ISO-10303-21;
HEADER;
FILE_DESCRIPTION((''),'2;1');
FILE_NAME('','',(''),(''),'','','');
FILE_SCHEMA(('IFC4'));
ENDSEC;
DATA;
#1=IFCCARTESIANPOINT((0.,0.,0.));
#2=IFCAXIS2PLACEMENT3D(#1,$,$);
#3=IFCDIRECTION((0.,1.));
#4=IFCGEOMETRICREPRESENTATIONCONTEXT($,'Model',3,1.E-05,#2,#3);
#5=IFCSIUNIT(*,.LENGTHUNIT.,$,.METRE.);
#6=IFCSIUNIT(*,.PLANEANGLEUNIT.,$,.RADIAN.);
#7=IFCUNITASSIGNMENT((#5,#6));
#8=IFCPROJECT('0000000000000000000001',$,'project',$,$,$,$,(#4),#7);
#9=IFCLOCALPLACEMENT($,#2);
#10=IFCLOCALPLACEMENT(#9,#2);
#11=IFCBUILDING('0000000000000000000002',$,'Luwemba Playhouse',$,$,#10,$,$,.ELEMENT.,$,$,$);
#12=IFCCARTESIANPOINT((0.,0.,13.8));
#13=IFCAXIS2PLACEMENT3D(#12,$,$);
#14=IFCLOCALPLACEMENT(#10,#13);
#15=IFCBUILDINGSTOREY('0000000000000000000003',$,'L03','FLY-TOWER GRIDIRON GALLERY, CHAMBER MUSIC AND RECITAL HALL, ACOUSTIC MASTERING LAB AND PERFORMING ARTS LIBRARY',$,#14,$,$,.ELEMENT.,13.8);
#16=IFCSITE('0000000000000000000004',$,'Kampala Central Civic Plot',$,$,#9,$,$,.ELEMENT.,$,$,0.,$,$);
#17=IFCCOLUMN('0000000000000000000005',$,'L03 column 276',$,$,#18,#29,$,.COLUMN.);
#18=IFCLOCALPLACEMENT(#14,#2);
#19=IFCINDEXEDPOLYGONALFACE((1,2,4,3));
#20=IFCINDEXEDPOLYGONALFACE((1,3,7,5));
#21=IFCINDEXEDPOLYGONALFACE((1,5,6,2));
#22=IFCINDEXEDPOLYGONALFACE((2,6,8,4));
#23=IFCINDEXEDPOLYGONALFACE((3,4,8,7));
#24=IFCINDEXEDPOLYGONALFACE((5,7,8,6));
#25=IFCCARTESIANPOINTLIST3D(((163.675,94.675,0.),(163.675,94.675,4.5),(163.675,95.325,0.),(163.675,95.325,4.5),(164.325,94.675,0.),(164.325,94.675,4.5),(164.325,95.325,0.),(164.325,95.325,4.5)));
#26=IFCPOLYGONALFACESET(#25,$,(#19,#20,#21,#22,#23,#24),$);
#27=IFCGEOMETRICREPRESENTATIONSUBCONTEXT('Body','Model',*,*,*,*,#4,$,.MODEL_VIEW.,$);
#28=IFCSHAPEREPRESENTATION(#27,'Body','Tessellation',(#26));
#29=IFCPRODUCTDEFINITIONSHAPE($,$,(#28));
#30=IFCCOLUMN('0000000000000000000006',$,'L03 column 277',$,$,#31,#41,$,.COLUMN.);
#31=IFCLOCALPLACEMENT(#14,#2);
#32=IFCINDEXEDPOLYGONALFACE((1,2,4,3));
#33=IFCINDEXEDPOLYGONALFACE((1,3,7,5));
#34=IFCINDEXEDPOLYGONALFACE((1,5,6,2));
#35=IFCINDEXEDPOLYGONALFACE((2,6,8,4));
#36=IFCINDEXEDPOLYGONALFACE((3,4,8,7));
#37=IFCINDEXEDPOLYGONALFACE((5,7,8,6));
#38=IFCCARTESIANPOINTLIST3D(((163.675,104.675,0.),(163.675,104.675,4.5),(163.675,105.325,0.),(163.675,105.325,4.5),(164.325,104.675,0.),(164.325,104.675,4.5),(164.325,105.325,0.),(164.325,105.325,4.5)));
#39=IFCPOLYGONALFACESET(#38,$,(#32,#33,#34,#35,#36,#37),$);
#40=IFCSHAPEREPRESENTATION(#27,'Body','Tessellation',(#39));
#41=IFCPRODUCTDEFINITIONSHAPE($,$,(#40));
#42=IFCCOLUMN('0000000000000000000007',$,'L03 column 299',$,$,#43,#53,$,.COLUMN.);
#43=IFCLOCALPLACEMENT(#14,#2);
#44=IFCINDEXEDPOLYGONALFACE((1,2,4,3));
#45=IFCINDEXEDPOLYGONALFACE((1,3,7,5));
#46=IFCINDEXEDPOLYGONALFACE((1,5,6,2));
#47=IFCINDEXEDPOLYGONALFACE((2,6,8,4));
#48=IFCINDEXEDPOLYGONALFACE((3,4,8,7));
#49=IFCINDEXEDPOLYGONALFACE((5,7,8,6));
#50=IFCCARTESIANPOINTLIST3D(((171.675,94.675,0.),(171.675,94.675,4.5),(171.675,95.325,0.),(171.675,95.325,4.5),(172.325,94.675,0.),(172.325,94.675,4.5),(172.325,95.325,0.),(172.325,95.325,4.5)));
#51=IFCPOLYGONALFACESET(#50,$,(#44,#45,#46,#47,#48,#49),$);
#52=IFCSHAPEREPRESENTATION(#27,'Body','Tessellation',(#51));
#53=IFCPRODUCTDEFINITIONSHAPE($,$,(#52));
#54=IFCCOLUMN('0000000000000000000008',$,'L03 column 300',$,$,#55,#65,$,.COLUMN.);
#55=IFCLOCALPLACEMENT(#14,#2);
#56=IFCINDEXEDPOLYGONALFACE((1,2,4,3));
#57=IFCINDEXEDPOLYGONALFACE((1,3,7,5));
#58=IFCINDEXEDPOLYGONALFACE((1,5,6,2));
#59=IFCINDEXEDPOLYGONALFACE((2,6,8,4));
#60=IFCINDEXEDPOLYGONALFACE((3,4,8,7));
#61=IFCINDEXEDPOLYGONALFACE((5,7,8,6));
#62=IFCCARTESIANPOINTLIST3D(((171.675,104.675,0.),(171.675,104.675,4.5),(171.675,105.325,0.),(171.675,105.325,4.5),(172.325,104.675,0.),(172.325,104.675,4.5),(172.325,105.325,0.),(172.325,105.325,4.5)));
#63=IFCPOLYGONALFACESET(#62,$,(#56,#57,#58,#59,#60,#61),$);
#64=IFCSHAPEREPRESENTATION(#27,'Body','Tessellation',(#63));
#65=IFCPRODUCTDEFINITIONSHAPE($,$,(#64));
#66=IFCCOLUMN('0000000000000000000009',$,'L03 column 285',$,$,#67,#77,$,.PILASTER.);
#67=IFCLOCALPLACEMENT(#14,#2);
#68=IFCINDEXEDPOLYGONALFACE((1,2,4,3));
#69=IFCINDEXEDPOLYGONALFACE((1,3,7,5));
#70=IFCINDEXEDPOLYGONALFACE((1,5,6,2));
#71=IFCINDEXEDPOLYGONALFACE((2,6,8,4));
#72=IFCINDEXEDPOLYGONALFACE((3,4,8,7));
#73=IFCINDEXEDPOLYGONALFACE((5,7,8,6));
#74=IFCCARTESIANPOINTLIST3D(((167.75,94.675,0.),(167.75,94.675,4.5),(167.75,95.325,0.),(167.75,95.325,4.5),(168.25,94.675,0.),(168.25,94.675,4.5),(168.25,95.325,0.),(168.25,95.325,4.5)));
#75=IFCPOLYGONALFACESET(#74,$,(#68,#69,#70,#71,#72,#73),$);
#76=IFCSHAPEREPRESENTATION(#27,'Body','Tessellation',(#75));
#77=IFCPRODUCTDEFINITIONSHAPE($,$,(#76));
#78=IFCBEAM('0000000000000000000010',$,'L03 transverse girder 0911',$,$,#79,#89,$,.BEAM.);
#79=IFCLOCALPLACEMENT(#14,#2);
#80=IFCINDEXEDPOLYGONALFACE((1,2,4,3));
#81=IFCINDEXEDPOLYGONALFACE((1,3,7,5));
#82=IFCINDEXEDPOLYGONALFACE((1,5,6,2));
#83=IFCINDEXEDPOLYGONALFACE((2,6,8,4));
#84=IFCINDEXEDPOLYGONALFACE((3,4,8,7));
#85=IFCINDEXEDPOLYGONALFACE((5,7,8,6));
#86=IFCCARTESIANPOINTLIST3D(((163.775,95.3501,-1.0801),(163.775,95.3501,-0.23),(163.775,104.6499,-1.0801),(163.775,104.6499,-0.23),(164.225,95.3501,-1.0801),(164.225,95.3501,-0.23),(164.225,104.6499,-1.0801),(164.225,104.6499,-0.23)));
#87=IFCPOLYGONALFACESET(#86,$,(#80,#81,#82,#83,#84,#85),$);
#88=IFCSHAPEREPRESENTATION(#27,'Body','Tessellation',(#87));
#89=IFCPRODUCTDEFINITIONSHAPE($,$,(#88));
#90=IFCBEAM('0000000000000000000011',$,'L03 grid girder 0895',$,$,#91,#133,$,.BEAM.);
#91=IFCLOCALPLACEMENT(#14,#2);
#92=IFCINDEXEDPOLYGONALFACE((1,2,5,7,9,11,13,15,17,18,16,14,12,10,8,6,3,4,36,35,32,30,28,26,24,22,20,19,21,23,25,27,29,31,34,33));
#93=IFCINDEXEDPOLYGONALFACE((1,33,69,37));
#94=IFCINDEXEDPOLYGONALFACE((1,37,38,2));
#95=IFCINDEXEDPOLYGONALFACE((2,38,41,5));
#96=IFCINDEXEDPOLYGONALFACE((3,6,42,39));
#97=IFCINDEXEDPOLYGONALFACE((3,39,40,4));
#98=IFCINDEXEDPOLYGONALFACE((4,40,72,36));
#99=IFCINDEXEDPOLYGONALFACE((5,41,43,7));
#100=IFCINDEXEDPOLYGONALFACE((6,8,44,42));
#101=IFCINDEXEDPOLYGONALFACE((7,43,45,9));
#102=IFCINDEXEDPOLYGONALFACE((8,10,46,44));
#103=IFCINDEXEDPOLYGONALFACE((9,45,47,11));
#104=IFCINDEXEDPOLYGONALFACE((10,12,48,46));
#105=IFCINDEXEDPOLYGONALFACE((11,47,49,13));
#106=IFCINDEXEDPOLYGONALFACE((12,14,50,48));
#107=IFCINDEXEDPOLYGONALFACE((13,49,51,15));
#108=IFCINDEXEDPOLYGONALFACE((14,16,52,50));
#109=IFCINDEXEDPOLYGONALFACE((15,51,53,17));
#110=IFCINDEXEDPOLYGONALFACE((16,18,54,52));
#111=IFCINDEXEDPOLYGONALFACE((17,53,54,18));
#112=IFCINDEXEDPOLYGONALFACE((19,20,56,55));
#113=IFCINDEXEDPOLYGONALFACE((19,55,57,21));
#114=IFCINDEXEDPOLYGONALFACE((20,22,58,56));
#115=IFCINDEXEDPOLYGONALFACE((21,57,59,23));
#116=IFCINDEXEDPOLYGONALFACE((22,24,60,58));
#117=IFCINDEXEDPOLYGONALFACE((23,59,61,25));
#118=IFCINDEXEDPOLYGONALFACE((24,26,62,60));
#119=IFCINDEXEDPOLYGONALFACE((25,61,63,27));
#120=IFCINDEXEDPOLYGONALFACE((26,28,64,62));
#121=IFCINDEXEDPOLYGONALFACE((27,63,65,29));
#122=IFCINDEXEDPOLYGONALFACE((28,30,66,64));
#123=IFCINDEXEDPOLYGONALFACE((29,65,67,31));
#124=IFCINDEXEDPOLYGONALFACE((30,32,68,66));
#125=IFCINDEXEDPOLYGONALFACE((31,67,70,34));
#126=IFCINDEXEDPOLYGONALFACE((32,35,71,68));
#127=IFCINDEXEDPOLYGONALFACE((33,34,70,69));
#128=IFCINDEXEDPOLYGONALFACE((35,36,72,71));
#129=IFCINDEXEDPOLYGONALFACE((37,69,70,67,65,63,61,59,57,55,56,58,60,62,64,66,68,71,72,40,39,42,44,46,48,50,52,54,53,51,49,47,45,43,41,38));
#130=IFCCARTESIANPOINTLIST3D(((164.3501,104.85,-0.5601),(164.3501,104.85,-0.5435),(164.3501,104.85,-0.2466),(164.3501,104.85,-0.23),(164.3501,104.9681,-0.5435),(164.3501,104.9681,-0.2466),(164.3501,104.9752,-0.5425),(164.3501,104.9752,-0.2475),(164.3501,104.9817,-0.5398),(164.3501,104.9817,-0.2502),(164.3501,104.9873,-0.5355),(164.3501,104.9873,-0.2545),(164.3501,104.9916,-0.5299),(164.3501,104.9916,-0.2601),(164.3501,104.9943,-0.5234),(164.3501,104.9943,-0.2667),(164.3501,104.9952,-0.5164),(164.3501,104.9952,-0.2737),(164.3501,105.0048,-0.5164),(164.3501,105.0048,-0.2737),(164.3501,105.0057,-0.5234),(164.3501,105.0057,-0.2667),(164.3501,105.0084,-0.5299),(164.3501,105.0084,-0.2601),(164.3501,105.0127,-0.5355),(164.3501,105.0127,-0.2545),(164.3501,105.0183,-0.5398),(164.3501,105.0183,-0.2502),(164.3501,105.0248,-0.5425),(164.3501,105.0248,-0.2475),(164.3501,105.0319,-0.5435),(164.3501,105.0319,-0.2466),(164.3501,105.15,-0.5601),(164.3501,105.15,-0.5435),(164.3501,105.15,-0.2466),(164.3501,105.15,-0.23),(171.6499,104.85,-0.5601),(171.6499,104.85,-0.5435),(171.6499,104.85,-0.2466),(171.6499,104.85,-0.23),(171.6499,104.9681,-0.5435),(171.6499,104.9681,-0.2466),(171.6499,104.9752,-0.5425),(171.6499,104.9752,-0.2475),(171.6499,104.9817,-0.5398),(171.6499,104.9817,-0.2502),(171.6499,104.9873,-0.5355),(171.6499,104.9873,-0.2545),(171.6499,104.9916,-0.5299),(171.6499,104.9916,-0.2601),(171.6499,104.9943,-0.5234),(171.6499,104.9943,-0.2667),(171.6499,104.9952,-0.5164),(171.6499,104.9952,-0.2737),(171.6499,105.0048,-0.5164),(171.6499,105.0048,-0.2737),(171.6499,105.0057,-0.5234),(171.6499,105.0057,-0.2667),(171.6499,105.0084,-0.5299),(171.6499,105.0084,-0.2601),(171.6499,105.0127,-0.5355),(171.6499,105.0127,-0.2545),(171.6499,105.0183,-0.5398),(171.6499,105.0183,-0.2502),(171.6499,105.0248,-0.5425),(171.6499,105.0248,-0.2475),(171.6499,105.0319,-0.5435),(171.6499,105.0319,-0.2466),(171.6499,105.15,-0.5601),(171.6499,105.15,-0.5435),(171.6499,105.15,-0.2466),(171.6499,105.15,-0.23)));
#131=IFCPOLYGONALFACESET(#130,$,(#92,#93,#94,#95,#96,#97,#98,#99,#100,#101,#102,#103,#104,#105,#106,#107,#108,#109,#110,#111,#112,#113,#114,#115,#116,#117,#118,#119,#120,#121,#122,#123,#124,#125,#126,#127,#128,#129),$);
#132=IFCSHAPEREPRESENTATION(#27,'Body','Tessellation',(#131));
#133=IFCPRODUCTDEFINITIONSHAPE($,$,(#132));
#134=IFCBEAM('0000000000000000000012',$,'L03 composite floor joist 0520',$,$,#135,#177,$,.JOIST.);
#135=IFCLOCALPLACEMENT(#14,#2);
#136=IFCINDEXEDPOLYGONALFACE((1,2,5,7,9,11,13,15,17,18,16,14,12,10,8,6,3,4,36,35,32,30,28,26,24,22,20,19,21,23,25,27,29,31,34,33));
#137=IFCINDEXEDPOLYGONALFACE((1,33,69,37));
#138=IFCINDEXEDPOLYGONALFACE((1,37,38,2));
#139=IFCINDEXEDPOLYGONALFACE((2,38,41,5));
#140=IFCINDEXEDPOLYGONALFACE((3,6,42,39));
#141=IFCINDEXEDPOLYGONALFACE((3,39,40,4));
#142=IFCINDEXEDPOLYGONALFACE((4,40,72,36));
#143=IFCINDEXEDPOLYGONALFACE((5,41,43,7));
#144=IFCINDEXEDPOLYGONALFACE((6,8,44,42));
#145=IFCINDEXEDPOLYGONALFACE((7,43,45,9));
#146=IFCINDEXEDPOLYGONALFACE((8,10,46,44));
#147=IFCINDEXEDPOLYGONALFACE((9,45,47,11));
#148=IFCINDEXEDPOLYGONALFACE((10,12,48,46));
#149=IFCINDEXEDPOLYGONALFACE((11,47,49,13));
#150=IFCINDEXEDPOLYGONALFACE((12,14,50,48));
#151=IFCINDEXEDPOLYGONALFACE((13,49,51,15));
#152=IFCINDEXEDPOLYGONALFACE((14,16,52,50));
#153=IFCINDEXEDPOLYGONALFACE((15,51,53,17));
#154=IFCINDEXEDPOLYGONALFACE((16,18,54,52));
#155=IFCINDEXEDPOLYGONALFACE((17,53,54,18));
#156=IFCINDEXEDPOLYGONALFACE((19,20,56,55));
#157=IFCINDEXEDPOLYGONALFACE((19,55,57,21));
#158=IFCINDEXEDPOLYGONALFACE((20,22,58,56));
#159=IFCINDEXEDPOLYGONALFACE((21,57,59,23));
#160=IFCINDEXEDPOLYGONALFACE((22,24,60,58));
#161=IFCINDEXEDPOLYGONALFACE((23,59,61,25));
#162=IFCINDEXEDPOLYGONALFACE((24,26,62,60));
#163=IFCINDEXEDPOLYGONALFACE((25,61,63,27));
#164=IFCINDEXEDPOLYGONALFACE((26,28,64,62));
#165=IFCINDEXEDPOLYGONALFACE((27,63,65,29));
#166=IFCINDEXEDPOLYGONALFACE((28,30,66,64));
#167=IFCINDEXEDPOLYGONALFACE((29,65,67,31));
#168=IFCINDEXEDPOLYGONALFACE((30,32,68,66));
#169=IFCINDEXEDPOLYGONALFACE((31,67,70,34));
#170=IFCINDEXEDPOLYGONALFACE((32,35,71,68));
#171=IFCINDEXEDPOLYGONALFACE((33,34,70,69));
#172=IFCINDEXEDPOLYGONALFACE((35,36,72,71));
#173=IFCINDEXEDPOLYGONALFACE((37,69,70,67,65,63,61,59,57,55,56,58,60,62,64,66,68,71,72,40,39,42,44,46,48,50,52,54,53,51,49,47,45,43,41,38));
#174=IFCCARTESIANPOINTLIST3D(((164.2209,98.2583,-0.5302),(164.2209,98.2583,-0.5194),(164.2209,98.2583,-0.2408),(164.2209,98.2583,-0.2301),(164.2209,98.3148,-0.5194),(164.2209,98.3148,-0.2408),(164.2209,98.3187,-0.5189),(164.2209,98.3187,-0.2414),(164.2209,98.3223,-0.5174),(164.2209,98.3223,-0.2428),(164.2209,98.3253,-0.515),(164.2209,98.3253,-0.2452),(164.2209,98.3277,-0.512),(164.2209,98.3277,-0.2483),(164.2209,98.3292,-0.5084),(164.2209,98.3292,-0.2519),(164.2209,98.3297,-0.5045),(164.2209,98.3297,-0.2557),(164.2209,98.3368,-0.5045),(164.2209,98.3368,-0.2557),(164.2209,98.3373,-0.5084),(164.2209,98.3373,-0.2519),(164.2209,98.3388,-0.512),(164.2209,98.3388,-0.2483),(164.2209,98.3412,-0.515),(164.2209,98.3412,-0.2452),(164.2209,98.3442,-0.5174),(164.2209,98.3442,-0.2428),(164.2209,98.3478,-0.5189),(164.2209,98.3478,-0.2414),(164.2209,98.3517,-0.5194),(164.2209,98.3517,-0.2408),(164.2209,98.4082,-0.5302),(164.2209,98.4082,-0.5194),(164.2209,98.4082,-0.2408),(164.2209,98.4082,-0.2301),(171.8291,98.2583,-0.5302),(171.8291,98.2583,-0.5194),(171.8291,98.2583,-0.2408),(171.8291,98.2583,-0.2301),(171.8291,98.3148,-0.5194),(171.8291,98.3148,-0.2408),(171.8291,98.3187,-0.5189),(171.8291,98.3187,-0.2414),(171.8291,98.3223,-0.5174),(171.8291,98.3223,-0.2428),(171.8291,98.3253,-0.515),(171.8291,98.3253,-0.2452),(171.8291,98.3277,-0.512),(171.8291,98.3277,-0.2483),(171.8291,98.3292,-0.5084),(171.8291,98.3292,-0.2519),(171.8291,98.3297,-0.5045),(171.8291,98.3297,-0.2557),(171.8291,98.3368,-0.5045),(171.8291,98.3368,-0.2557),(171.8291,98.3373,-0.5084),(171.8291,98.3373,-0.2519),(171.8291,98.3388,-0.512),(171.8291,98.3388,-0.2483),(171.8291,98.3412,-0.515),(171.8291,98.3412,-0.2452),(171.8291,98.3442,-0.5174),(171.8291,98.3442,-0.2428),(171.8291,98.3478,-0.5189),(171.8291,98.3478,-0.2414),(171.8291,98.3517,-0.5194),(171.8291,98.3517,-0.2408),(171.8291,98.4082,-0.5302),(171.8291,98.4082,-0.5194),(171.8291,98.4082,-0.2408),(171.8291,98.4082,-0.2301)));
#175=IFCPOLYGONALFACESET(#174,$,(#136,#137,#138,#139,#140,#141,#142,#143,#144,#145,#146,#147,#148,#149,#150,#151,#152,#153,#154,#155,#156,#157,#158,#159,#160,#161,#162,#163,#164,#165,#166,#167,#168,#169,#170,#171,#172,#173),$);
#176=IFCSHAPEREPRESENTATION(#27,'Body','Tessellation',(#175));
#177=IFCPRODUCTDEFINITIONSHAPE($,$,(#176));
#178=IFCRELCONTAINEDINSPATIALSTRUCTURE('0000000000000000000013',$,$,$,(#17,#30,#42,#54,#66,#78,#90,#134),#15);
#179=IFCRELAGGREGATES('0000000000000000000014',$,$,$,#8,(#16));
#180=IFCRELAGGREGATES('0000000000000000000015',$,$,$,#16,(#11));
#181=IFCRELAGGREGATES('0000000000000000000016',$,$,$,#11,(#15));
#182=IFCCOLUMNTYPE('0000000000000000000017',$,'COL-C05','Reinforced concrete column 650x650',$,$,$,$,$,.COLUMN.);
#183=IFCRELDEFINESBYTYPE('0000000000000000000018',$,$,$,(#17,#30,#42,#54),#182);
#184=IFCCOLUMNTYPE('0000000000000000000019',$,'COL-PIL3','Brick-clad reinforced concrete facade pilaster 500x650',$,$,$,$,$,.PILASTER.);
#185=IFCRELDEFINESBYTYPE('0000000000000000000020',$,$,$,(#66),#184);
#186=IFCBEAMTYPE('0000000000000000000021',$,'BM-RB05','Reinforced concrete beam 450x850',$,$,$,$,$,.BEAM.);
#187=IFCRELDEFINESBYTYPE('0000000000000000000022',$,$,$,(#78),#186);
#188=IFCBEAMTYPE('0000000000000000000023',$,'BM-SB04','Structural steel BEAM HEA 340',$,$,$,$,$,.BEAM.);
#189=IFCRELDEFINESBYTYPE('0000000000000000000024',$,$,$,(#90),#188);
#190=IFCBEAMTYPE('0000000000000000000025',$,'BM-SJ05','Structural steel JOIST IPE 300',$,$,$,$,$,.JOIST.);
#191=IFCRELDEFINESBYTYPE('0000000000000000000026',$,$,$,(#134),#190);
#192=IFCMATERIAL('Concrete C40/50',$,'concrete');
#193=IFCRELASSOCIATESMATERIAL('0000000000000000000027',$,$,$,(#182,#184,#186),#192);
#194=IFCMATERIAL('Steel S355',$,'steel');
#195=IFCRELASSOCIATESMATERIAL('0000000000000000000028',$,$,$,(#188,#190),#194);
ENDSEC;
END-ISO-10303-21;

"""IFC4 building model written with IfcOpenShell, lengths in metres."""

from ifc_helpers import new_model, si_unit, direction, frame, origin, origin_2d, place, context, subcontext, project, spatial, rectangle, i_section, extrude, material, material_profile, profile_set, type_object, element, save


model = new_model("IFC4")

# Units and contexts
model_context = context("Model", 3, precision=1e-05, world=origin(), true_north=direction((0.0, 1.0)))
body_context = subcontext(model_context, "Body", "Model", "MODEL_VIEW")
ifc_project = project(units=[si_unit("LENGTHUNIT", "METRE"), si_unit("PLANEANGLEUNIT", "RADIAN")], contexts=[model_context])

# Site, building, storey
site_placement = place(None, origin())
site = spatial("IfcSite", under=ifc_project, at=site_placement, Name="Kampala Central Civic Plot", CompositionType="ELEMENT", RefElevation=0.0)
building_placement = place(site_placement, origin())
building = spatial("IfcBuilding", under=site, at=building_placement, Name="Luwemba Playhouse", CompositionType="ELEMENT")
storey_placement = place(building_placement, frame((0.0, 0.0, 13.8)))
storey = spatial("IfcBuildingStorey", under=building, at=storey_placement, Name="L03", Description="FLY-TOWER GRIDIRON GALLERY, CHAMBER MUSIC AND RECITAL HALL, ACOUSTIC MASTERING LAB AND PERFORMING ARTS LIBRARY", CompositionType="ELEMENT", Elevation=13.8)

# Columns
ifc_material_1 = material(Name="Concrete C40/50", Category="concrete")
ifc_material_profile_1 = material_profile(ifc_material_1, rectangle(XDim=0.6499, YDim=0.6499, at=origin_2d()))
ifc_profile_set_1 = profile_set([ifc_material_profile_1], Name="Concrete C40/50")
column_type_1 = type_object("IfcColumnType", Name="COL-C05", Description="Reinforced concrete column 650x650", PredefinedType="COLUMN", material=ifc_profile_set_1)
for number, where, z_axis, x_axis, name in (
    (1, (164.0, 95.0, 0.0), (0.0, 0.0, 1.0), (1.0, 0.0, 0.0), "L03 column 276"),
    (2, (164.0, 105.0, 0.0), (0.0, 0.0, 1.0), (1.0, 0.0, 0.0), "L03 column 277"),
    (3, (172.0, 95.0, 0.0), (0.0, 0.0, 1.0), (1.0, 0.0, 0.0), "L03 column 299"),
    (4, (172.0, 105.0, 0.0), (0.0, 0.0, 1.0), (1.0, 0.0, 0.0), "L03 column 300"),
):
    element("IfcColumn", number, at=place(storey_placement, frame(where, z_axis=z_axis, x_axis=x_axis)), inside=storey, type_object=column_type_1, Name=name, PredefinedType="COLUMN", context=body_context, shape_type="SweptSolid", body=[
        extrude(rectangle(XDim=0.6499, YDim=0.6499, at=origin_2d()), origin(), (0.0, 0.0, 1.0), 4.5),
    ])
ifc_material_profile_2 = material_profile(ifc_material_1, rectangle(XDim=0.5, YDim=0.6499, at=origin_2d()))
ifc_profile_set_2 = profile_set([ifc_material_profile_2], Name="Concrete C40/50")
column_type_2 = type_object("IfcColumnType", Name="COL-PIL3", Description="Brick-clad reinforced concrete facade pilaster 500x650", PredefinedType="PILASTER", material=ifc_profile_set_2)
column_placement = place(storey_placement, frame((168.0, 95.0, 0.0), z_axis=(0.0, 0.0, 1.0), x_axis=(1.0, 0.0, 0.0)))
element("IfcColumn", 5, at=column_placement, inside=storey, type_object=column_type_2, Name="L03 column 285", PredefinedType="PILASTER", context=body_context, shape_type="SweptSolid", body=[
    extrude(rectangle(XDim=0.5, YDim=0.6499, at=origin_2d()), origin(), (0.0, 0.0, 1.0), 4.5),
])

# Beams
ifc_material_profile_3 = material_profile(ifc_material_1, rectangle(XDim=0.45, YDim=0.8501, at=origin_2d()))
ifc_profile_set_3 = profile_set([ifc_material_profile_3], Name="Concrete C40/50")
beam_type_1 = type_object("IfcBeamType", Name="BM-RB05", Description="Reinforced concrete beam 450x850", PredefinedType="BEAM", material=ifc_profile_set_3)
beam_1_placement = place(storey_placement, frame((164.0, 95.3501, -0.655), z_axis=(0.0, 1.0, 0.0), x_axis=(-1.0, 0.0, 0.0)))
element("IfcBeam", 6, at=beam_1_placement, inside=storey, type_object=beam_type_1, Name="L03 transverse girder 0911", PredefinedType="BEAM", context=body_context, shape_type="SweptSolid", body=[
    extrude(rectangle(XDim=0.45, YDim=0.8501, at=origin_2d()), origin(), (0.0, 0.0, 1.0), 9.2998),
])
ifc_material_2 = material(Name="Steel S355", Category="steel")
ifc_material_profile_4 = material_profile(ifc_material_2, i_section(OverallWidth=0.3, OverallDepth=0.3301, WebThickness=0.0095, FlangeThickness=0.0166, FilletRadius=0.0271, at=origin_2d()))
ifc_profile_set_4 = profile_set([ifc_material_profile_4], Name="Steel S355")
beam_type_2 = type_object("IfcBeamType", Name="BM-SB04", Description="Structural steel BEAM HEA 340", PredefinedType="BEAM", material=ifc_profile_set_4)
beam_2_placement = place(storey_placement, frame((164.3501, 105.0, -0.395), z_axis=(1.0, 0.0, 0.0), x_axis=(0.0, 1.0, 0.0)))
element("IfcBeam", 7, at=beam_2_placement, inside=storey, type_object=beam_type_2, Name="L03 grid girder 0895", PredefinedType="BEAM", context=body_context, shape_type="SweptSolid", body=[
    extrude(i_section(OverallWidth=0.3, OverallDepth=0.3301, WebThickness=0.0095, FlangeThickness=0.0166, FilletRadius=0.0271, at=origin_2d()), origin(), (0.0, 0.0, 1.0), 7.2998),
])
ifc_material_profile_5 = material_profile(ifc_material_2, i_section(OverallWidth=0.1499, OverallDepth=0.3, WebThickness=0.0071, FlangeThickness=0.0107, FilletRadius=0.0149, at=origin_2d()))
ifc_profile_set_5 = profile_set([ifc_material_profile_5], Name="Steel S355")
beam_type_3 = type_object("IfcBeamType", Name="BM-SJ05", Description="Structural steel JOIST IPE 300", PredefinedType="JOIST", material=ifc_profile_set_5)
beam_3_placement = place(storey_placement, frame((164.2209, 98.3333, -0.3801), z_axis=(1.0, 0.0, 0.0), x_axis=(0.0, 1.0, 0.0)))
element("IfcBeam", 8, at=beam_3_placement, inside=storey, type_object=beam_type_3, Name="L03 composite floor joist 0520", PredefinedType="JOIST", context=body_context, shape_type="SweptSolid", body=[
    extrude(i_section(OverallWidth=0.1499, OverallDepth=0.3, WebThickness=0.0071, FlangeThickness=0.0107, FilletRadius=0.0149, at=origin_2d()), origin(), (0.0, 0.0, 1.0), 7.6082),
])

save(model, "model.ifc")
